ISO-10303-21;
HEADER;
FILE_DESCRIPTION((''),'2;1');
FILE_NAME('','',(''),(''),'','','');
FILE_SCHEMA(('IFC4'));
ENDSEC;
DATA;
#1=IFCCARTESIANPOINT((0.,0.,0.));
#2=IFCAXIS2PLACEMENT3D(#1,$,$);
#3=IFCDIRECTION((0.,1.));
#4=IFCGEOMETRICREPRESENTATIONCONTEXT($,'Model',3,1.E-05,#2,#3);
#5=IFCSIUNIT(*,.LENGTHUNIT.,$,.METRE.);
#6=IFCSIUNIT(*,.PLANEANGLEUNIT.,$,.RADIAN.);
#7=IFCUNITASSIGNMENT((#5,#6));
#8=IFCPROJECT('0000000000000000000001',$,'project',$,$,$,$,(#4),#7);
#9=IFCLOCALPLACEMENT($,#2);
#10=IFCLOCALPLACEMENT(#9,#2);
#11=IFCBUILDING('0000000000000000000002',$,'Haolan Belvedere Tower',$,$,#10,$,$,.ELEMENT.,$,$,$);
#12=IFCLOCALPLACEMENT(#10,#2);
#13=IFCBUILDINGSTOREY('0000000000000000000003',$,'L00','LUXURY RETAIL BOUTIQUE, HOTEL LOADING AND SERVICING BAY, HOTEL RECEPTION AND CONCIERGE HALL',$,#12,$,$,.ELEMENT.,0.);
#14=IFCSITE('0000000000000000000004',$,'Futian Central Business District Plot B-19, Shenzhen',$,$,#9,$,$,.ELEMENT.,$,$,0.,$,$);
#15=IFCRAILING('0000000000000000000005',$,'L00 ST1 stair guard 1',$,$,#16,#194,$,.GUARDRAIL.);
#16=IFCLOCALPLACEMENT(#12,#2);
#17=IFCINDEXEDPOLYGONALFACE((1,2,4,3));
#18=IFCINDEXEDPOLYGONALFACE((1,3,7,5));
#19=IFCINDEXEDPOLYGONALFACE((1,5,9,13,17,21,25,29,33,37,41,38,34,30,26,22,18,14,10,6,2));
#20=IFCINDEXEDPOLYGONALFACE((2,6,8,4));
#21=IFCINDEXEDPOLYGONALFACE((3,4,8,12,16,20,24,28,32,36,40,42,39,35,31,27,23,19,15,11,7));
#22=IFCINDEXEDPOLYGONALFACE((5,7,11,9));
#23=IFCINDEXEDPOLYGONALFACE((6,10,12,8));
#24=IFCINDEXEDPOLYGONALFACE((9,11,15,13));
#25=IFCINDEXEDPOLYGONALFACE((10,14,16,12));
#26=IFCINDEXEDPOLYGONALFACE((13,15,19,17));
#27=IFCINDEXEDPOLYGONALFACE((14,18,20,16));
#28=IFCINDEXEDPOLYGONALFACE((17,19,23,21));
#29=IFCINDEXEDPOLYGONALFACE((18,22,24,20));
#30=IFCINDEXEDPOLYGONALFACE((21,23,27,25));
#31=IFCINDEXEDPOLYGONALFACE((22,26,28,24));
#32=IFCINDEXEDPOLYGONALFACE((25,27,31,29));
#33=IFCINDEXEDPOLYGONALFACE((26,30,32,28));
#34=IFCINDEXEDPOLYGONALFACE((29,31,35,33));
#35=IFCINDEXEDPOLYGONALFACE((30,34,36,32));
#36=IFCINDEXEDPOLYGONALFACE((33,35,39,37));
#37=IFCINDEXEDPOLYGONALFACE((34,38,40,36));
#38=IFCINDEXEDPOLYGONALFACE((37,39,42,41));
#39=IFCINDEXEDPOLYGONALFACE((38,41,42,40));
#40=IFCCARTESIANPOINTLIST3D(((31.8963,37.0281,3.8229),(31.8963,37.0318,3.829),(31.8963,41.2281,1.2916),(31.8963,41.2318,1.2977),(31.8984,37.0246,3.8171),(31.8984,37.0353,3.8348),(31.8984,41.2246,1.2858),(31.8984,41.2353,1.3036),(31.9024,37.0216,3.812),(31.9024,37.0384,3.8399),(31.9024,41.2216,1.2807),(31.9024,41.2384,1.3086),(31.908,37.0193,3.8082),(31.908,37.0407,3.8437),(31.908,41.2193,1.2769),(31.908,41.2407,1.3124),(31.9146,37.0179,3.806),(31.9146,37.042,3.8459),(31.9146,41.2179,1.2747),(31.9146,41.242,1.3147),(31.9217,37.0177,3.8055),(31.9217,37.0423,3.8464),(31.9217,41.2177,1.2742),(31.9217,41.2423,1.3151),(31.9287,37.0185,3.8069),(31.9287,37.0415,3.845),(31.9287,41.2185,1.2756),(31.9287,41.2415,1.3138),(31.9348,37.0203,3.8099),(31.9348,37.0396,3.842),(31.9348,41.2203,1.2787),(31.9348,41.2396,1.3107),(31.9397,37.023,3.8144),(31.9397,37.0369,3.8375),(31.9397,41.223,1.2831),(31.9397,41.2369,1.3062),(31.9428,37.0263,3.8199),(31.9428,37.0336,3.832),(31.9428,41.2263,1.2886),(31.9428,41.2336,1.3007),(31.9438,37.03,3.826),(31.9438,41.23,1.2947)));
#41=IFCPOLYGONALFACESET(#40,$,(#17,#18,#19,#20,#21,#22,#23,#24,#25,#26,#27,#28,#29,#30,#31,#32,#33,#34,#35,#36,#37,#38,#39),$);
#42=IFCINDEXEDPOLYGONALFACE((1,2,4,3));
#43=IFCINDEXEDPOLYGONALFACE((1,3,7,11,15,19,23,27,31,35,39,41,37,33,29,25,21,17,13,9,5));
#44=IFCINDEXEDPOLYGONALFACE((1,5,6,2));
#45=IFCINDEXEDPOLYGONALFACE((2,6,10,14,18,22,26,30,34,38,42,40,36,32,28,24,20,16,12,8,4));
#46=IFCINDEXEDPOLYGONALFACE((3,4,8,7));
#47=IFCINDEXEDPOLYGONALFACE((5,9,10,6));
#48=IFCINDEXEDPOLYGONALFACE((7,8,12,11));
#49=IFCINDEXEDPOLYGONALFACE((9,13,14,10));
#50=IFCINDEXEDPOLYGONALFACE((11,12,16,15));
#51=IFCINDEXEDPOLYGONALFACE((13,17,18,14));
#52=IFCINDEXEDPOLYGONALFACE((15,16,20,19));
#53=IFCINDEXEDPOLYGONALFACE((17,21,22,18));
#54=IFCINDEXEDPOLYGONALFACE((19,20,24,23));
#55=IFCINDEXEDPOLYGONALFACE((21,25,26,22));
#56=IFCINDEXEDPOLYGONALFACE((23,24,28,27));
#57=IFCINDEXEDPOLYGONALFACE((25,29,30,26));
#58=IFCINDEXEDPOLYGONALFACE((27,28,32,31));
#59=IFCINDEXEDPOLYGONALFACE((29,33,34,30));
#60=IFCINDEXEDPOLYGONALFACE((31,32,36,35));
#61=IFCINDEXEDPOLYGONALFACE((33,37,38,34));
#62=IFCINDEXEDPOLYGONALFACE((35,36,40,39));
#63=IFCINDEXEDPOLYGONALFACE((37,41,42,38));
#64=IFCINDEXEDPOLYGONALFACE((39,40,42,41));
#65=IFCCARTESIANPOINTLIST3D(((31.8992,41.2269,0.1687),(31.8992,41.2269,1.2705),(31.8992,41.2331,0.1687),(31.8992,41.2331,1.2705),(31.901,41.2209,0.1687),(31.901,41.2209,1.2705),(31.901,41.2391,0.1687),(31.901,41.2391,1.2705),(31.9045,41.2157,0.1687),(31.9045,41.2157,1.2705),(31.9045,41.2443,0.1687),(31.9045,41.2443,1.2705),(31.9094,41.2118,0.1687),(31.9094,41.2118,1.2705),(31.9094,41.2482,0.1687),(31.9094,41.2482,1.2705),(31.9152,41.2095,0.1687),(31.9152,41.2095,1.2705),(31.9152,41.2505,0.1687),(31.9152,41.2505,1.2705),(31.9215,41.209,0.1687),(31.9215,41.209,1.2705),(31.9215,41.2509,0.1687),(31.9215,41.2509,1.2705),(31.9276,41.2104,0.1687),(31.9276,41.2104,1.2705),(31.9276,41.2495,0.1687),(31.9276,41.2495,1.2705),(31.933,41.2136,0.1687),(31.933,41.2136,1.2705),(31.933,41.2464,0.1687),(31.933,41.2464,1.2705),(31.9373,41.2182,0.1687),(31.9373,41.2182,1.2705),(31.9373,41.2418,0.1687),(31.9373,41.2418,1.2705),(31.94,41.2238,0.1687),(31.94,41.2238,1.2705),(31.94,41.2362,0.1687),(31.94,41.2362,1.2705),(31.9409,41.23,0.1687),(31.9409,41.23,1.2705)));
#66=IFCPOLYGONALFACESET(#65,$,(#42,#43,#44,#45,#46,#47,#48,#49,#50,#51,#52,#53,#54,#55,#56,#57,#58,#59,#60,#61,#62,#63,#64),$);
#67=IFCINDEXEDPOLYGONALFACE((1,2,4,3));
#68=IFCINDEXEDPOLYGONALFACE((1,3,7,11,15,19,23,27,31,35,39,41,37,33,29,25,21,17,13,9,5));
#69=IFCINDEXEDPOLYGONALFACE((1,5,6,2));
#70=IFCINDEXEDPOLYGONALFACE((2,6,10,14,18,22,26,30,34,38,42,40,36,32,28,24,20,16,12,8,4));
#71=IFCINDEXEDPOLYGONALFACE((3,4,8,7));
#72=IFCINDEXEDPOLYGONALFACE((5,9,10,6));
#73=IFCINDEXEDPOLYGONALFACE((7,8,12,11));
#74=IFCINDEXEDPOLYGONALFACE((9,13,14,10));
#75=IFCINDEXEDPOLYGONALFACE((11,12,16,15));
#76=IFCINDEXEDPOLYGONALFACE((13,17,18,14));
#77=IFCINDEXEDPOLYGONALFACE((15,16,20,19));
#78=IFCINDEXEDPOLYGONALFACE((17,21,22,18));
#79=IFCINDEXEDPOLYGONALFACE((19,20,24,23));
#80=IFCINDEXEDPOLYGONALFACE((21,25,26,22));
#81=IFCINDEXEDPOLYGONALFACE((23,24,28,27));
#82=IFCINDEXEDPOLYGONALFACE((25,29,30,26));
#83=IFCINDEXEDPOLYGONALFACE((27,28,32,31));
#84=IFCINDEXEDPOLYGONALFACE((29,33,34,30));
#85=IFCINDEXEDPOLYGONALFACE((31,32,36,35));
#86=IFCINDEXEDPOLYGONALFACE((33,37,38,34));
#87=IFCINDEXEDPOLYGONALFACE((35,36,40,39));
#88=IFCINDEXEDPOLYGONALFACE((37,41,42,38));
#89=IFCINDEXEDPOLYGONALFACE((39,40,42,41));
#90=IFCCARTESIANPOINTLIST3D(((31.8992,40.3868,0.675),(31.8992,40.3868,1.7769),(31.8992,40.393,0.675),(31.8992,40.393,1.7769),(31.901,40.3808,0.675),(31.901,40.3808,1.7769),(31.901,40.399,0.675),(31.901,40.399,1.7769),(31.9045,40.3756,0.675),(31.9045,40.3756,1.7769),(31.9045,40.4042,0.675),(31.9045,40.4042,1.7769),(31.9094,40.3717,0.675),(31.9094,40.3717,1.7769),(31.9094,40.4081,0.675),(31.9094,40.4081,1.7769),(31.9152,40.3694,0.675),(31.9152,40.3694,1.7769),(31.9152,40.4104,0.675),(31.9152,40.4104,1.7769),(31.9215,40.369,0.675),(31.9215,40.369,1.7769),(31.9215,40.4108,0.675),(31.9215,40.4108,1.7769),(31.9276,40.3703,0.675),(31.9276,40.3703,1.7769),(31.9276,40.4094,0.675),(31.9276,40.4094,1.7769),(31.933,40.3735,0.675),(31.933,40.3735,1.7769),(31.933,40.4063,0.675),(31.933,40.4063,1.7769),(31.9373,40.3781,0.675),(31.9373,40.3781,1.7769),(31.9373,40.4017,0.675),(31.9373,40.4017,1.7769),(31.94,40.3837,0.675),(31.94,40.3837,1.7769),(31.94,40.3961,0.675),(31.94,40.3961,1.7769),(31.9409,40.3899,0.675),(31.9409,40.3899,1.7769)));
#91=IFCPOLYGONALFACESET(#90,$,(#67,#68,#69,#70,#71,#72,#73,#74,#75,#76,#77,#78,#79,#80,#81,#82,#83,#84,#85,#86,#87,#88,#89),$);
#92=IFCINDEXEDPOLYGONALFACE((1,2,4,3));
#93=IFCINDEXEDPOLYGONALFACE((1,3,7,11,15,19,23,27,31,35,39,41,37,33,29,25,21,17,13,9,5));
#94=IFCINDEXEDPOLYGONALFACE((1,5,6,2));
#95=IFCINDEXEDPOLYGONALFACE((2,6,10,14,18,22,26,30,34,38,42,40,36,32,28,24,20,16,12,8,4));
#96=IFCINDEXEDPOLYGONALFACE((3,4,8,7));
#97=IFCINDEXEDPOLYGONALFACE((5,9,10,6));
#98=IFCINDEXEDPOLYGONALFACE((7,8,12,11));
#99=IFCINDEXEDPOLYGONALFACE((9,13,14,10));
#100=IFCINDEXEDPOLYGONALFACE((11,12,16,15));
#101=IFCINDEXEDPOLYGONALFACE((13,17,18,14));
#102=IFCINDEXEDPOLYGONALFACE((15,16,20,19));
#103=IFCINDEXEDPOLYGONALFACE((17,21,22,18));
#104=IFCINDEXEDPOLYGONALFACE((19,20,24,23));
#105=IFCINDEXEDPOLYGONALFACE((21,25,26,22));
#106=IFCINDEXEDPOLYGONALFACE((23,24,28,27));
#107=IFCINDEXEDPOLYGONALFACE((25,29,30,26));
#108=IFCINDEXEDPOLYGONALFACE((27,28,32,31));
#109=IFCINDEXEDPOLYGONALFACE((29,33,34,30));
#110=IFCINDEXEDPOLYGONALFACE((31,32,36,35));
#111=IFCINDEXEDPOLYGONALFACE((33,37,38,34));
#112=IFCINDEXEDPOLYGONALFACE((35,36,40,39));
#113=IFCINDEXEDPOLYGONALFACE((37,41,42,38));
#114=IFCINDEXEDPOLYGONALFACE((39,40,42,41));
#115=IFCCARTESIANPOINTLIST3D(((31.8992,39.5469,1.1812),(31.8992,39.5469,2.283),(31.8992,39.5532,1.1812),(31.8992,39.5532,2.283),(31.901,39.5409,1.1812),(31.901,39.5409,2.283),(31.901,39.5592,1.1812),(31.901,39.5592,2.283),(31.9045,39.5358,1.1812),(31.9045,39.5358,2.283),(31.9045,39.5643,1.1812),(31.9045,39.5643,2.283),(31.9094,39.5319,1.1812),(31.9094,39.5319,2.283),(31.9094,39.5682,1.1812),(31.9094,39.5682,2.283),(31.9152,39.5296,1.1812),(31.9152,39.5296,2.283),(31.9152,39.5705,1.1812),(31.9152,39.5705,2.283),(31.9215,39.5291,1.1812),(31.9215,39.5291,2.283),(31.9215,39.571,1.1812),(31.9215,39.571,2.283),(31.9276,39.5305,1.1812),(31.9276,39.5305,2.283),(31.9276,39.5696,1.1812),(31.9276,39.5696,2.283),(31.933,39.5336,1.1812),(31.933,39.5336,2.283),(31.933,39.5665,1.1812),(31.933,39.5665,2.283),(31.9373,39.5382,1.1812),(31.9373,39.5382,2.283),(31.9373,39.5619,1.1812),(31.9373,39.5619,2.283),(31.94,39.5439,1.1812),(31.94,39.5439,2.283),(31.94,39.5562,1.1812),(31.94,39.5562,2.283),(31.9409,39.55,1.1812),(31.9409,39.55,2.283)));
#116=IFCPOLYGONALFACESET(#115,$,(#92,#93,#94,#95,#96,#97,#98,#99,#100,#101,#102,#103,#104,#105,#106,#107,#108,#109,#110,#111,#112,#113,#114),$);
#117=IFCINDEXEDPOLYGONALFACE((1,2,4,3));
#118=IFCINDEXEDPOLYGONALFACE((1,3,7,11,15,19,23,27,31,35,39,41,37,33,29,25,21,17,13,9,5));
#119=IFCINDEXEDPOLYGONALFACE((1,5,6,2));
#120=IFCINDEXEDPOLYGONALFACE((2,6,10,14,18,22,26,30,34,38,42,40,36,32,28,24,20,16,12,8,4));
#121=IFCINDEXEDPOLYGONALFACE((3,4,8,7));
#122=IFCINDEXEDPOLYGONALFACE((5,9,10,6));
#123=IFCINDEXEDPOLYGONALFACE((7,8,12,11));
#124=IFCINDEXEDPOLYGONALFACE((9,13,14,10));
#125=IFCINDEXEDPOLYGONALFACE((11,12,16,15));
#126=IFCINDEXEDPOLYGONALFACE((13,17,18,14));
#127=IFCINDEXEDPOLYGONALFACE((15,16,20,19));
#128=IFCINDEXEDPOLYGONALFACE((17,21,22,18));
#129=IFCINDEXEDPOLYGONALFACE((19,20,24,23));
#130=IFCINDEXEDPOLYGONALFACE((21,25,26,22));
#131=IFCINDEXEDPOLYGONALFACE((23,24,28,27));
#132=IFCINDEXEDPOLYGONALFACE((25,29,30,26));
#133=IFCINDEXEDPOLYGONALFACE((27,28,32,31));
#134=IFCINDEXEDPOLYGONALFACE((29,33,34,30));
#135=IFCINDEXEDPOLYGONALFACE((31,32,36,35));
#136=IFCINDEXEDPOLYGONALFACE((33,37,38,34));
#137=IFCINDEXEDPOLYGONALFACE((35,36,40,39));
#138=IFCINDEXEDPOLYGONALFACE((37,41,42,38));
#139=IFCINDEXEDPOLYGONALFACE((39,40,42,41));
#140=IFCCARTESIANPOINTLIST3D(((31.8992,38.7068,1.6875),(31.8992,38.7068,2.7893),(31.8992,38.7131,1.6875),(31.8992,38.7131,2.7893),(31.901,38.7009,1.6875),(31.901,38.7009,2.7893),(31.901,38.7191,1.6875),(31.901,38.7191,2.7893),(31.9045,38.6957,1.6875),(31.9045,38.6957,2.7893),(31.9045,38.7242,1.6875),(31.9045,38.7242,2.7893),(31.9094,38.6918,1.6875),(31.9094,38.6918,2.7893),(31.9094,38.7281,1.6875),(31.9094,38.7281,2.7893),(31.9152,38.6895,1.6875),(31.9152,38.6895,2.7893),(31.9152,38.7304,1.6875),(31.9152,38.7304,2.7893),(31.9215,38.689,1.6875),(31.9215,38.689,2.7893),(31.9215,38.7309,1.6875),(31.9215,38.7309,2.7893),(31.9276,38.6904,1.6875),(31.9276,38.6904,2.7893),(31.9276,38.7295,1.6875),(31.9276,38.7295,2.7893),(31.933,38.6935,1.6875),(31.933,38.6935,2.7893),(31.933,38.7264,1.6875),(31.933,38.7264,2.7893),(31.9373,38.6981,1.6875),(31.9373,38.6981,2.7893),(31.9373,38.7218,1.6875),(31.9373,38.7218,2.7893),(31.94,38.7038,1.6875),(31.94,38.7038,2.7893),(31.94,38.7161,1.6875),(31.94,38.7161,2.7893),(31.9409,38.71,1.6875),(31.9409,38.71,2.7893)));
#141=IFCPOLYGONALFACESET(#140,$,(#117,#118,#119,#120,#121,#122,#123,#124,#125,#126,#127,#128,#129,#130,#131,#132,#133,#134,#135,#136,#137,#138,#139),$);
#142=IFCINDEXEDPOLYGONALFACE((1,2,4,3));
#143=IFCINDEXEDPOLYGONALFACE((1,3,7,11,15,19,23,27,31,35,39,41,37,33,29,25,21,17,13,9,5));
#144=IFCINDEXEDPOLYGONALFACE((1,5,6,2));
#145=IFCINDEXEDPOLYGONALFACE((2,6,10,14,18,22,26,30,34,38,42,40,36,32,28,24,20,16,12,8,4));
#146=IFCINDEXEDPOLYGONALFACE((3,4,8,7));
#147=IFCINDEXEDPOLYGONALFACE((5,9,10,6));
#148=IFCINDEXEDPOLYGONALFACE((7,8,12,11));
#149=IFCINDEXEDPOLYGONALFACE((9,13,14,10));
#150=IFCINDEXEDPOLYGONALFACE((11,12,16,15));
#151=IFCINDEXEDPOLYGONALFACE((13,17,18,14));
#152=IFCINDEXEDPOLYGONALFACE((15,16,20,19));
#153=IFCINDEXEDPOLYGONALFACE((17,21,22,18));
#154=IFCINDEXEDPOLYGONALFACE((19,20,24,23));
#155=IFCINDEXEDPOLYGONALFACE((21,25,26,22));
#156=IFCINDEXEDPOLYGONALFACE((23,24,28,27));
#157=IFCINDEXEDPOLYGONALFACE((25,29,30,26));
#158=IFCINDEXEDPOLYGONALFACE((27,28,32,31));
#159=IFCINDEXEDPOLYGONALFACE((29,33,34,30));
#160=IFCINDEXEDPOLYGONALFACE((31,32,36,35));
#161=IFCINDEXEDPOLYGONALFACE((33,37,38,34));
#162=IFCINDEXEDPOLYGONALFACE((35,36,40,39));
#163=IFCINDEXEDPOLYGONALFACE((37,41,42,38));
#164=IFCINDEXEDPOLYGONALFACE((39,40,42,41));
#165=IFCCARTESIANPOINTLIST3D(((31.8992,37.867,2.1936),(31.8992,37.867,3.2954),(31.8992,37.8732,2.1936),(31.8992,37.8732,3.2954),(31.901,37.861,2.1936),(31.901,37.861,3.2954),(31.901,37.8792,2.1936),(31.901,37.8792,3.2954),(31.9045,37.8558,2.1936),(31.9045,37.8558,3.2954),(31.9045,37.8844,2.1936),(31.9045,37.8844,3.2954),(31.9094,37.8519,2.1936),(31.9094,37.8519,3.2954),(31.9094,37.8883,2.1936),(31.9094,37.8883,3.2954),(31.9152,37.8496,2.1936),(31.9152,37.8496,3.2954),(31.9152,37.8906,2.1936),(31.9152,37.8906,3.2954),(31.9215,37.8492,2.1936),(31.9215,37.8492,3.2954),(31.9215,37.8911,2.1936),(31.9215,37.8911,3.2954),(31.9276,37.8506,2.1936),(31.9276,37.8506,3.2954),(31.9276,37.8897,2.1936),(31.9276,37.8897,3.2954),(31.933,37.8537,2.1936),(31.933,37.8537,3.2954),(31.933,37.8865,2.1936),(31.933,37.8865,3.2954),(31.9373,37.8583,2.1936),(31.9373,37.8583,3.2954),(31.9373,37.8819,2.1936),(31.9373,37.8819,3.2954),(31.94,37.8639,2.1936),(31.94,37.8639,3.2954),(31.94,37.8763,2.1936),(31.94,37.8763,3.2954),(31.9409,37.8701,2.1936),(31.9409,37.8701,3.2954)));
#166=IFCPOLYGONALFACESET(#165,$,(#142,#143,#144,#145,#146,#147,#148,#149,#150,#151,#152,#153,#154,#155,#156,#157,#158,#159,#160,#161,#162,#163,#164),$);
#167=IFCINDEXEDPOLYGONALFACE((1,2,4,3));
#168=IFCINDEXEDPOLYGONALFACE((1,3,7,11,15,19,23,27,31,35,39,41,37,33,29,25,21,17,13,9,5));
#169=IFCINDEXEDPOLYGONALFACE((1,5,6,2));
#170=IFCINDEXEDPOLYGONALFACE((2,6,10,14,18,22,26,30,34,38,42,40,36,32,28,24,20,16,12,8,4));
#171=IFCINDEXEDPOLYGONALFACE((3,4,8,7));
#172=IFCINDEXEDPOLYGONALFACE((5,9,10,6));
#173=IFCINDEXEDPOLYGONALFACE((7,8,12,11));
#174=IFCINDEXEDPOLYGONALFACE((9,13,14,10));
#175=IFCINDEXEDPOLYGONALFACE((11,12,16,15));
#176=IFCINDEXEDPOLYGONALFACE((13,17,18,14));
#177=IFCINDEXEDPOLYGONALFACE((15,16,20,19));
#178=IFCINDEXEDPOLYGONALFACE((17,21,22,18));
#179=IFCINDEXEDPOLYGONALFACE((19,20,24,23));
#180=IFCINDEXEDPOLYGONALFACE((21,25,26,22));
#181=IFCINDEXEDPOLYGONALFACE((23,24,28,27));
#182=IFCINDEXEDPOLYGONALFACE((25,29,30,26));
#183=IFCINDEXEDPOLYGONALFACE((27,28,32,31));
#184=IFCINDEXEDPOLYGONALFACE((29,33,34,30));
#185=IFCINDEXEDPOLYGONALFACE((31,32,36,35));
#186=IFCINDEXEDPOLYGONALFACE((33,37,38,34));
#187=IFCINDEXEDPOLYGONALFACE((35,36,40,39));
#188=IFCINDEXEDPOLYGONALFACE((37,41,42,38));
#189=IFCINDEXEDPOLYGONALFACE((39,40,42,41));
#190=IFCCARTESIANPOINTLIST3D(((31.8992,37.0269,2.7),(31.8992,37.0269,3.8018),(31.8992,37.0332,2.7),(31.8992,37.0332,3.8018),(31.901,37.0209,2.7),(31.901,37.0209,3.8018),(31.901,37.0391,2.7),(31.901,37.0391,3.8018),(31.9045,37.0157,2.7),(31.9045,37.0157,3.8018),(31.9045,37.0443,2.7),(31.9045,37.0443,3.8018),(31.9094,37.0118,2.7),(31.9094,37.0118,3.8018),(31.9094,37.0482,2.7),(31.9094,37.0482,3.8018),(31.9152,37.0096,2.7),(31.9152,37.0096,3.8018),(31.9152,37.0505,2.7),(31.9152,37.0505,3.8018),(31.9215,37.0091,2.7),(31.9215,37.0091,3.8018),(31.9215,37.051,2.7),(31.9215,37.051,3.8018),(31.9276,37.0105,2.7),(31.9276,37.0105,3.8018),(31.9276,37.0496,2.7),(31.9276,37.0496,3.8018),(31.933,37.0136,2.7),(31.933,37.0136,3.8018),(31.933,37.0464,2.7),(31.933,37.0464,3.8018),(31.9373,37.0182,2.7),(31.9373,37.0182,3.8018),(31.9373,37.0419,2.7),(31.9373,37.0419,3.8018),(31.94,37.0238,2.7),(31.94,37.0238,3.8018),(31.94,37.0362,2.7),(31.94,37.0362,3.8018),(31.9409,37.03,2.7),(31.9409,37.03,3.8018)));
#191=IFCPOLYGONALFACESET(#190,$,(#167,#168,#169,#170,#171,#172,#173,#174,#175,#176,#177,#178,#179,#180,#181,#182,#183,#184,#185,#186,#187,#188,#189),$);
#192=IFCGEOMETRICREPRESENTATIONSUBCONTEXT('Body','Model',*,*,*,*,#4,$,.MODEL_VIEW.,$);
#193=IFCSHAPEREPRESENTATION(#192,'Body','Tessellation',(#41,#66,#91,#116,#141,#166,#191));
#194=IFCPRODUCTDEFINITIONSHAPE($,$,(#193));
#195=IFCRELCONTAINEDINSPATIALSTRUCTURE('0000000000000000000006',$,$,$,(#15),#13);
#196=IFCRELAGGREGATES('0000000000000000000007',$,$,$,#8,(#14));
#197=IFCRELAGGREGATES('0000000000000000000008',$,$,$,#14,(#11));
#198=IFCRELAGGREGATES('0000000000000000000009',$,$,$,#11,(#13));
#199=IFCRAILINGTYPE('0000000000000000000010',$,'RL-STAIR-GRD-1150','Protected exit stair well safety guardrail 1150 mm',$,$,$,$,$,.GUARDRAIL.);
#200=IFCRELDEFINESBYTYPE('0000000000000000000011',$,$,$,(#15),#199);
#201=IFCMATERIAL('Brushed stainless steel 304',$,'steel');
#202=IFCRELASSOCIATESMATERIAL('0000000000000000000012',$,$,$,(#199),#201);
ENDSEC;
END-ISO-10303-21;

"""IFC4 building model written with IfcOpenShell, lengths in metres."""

from ifc_helpers import new_model, si_unit, direction, frame, origin, origin_2d, place, context, subcontext, project, spatial, circle, extrude, material, type_object, element, save


model = new_model("IFC4")

# Units and contexts
model_context = context("Model", 3, precision=1e-05, world=origin(), true_north=direction((0.0, 1.0)))
body_context = subcontext(model_context, "Body", "Model", "MODEL_VIEW")
ifc_project = project(units=[si_unit("LENGTHUNIT", "METRE"), si_unit("PLANEANGLEUNIT", "RADIAN")], contexts=[model_context])

# Site, building, storey
site_placement = place(None, origin())
site = spatial("IfcSite", under=ifc_project, at=site_placement, Name="Futian Central Business District Plot B-19, Shenzhen", CompositionType="ELEMENT", RefElevation=0.0)
building_placement = place(site_placement, origin())
building = spatial("IfcBuilding", under=site, at=building_placement, Name="Haolan Belvedere Tower", CompositionType="ELEMENT")
storey_placement = place(building_placement, origin())
storey = spatial("IfcBuildingStorey", under=building, at=storey_placement, Name="L00", Description="LUXURY RETAIL BOUTIQUE, HOTEL LOADING AND SERVICING BAY, HOTEL RECEPTION AND CONCIERGE HALL", CompositionType="ELEMENT", Elevation=0.0)

# Railing
ifc_material_1 = material(Name="Brushed stainless steel 304", Category="steel")
railing_type_1 = type_object("IfcRailingType", Name="RL-STAIR-GRD-1150", Description="Protected exit stair well safety guardrail 1150 mm", PredefinedType="GUARDRAIL", material=ifc_material_1)
railing_1_placement = place(storey_placement, frame((31.9199, 41.23, 0.1687)))
element("IfcRailing", 1, at=railing_1_placement, inside=storey, type_object=railing_type_1, Name="L00 ST1 stair guard 1", PredefinedType="GUARDRAIL", context=body_context, shape_type="SweptSolid", body=[
    extrude(circle(Radius=0.0239, at=origin_2d()), frame((0.0, 0.0, 1.126), z_axis=(0.0, -0.856476, 0.516186), x_axis=(1.0, 0.0, 0.0)), (0.0, 0.0, 1.0), 4.9038),
    extrude(circle(Radius=0.021, at=origin_2d()), origin(), (0.0, 0.0, 1.0), 1.1018),
    extrude(circle(Radius=0.021, at=origin_2d()), frame((0.0, -0.8401, 0.5063)), (0.0, 0.0, 1.0), 1.1018),
    extrude(circle(Radius=0.021, at=origin_2d()), frame((0.0, -1.6799, 1.0125)), (0.0, 0.0, 1.0), 1.1018),
    extrude(circle(Radius=0.021, at=origin_2d()), frame((0.0, -2.52, 1.5188)), (0.0, 0.0, 1.0), 1.1018),
    extrude(circle(Radius=0.021, at=origin_2d()), frame((0.0, -3.3599, 2.0249)), (0.0, 0.0, 1.0), 1.1018),
    extrude(circle(Radius=0.021, at=origin_2d()), frame((0.0, -4.2, 2.5312)), (0.0, 0.0, 1.0), 1.1018),
])

save(model, "model.ifc")
